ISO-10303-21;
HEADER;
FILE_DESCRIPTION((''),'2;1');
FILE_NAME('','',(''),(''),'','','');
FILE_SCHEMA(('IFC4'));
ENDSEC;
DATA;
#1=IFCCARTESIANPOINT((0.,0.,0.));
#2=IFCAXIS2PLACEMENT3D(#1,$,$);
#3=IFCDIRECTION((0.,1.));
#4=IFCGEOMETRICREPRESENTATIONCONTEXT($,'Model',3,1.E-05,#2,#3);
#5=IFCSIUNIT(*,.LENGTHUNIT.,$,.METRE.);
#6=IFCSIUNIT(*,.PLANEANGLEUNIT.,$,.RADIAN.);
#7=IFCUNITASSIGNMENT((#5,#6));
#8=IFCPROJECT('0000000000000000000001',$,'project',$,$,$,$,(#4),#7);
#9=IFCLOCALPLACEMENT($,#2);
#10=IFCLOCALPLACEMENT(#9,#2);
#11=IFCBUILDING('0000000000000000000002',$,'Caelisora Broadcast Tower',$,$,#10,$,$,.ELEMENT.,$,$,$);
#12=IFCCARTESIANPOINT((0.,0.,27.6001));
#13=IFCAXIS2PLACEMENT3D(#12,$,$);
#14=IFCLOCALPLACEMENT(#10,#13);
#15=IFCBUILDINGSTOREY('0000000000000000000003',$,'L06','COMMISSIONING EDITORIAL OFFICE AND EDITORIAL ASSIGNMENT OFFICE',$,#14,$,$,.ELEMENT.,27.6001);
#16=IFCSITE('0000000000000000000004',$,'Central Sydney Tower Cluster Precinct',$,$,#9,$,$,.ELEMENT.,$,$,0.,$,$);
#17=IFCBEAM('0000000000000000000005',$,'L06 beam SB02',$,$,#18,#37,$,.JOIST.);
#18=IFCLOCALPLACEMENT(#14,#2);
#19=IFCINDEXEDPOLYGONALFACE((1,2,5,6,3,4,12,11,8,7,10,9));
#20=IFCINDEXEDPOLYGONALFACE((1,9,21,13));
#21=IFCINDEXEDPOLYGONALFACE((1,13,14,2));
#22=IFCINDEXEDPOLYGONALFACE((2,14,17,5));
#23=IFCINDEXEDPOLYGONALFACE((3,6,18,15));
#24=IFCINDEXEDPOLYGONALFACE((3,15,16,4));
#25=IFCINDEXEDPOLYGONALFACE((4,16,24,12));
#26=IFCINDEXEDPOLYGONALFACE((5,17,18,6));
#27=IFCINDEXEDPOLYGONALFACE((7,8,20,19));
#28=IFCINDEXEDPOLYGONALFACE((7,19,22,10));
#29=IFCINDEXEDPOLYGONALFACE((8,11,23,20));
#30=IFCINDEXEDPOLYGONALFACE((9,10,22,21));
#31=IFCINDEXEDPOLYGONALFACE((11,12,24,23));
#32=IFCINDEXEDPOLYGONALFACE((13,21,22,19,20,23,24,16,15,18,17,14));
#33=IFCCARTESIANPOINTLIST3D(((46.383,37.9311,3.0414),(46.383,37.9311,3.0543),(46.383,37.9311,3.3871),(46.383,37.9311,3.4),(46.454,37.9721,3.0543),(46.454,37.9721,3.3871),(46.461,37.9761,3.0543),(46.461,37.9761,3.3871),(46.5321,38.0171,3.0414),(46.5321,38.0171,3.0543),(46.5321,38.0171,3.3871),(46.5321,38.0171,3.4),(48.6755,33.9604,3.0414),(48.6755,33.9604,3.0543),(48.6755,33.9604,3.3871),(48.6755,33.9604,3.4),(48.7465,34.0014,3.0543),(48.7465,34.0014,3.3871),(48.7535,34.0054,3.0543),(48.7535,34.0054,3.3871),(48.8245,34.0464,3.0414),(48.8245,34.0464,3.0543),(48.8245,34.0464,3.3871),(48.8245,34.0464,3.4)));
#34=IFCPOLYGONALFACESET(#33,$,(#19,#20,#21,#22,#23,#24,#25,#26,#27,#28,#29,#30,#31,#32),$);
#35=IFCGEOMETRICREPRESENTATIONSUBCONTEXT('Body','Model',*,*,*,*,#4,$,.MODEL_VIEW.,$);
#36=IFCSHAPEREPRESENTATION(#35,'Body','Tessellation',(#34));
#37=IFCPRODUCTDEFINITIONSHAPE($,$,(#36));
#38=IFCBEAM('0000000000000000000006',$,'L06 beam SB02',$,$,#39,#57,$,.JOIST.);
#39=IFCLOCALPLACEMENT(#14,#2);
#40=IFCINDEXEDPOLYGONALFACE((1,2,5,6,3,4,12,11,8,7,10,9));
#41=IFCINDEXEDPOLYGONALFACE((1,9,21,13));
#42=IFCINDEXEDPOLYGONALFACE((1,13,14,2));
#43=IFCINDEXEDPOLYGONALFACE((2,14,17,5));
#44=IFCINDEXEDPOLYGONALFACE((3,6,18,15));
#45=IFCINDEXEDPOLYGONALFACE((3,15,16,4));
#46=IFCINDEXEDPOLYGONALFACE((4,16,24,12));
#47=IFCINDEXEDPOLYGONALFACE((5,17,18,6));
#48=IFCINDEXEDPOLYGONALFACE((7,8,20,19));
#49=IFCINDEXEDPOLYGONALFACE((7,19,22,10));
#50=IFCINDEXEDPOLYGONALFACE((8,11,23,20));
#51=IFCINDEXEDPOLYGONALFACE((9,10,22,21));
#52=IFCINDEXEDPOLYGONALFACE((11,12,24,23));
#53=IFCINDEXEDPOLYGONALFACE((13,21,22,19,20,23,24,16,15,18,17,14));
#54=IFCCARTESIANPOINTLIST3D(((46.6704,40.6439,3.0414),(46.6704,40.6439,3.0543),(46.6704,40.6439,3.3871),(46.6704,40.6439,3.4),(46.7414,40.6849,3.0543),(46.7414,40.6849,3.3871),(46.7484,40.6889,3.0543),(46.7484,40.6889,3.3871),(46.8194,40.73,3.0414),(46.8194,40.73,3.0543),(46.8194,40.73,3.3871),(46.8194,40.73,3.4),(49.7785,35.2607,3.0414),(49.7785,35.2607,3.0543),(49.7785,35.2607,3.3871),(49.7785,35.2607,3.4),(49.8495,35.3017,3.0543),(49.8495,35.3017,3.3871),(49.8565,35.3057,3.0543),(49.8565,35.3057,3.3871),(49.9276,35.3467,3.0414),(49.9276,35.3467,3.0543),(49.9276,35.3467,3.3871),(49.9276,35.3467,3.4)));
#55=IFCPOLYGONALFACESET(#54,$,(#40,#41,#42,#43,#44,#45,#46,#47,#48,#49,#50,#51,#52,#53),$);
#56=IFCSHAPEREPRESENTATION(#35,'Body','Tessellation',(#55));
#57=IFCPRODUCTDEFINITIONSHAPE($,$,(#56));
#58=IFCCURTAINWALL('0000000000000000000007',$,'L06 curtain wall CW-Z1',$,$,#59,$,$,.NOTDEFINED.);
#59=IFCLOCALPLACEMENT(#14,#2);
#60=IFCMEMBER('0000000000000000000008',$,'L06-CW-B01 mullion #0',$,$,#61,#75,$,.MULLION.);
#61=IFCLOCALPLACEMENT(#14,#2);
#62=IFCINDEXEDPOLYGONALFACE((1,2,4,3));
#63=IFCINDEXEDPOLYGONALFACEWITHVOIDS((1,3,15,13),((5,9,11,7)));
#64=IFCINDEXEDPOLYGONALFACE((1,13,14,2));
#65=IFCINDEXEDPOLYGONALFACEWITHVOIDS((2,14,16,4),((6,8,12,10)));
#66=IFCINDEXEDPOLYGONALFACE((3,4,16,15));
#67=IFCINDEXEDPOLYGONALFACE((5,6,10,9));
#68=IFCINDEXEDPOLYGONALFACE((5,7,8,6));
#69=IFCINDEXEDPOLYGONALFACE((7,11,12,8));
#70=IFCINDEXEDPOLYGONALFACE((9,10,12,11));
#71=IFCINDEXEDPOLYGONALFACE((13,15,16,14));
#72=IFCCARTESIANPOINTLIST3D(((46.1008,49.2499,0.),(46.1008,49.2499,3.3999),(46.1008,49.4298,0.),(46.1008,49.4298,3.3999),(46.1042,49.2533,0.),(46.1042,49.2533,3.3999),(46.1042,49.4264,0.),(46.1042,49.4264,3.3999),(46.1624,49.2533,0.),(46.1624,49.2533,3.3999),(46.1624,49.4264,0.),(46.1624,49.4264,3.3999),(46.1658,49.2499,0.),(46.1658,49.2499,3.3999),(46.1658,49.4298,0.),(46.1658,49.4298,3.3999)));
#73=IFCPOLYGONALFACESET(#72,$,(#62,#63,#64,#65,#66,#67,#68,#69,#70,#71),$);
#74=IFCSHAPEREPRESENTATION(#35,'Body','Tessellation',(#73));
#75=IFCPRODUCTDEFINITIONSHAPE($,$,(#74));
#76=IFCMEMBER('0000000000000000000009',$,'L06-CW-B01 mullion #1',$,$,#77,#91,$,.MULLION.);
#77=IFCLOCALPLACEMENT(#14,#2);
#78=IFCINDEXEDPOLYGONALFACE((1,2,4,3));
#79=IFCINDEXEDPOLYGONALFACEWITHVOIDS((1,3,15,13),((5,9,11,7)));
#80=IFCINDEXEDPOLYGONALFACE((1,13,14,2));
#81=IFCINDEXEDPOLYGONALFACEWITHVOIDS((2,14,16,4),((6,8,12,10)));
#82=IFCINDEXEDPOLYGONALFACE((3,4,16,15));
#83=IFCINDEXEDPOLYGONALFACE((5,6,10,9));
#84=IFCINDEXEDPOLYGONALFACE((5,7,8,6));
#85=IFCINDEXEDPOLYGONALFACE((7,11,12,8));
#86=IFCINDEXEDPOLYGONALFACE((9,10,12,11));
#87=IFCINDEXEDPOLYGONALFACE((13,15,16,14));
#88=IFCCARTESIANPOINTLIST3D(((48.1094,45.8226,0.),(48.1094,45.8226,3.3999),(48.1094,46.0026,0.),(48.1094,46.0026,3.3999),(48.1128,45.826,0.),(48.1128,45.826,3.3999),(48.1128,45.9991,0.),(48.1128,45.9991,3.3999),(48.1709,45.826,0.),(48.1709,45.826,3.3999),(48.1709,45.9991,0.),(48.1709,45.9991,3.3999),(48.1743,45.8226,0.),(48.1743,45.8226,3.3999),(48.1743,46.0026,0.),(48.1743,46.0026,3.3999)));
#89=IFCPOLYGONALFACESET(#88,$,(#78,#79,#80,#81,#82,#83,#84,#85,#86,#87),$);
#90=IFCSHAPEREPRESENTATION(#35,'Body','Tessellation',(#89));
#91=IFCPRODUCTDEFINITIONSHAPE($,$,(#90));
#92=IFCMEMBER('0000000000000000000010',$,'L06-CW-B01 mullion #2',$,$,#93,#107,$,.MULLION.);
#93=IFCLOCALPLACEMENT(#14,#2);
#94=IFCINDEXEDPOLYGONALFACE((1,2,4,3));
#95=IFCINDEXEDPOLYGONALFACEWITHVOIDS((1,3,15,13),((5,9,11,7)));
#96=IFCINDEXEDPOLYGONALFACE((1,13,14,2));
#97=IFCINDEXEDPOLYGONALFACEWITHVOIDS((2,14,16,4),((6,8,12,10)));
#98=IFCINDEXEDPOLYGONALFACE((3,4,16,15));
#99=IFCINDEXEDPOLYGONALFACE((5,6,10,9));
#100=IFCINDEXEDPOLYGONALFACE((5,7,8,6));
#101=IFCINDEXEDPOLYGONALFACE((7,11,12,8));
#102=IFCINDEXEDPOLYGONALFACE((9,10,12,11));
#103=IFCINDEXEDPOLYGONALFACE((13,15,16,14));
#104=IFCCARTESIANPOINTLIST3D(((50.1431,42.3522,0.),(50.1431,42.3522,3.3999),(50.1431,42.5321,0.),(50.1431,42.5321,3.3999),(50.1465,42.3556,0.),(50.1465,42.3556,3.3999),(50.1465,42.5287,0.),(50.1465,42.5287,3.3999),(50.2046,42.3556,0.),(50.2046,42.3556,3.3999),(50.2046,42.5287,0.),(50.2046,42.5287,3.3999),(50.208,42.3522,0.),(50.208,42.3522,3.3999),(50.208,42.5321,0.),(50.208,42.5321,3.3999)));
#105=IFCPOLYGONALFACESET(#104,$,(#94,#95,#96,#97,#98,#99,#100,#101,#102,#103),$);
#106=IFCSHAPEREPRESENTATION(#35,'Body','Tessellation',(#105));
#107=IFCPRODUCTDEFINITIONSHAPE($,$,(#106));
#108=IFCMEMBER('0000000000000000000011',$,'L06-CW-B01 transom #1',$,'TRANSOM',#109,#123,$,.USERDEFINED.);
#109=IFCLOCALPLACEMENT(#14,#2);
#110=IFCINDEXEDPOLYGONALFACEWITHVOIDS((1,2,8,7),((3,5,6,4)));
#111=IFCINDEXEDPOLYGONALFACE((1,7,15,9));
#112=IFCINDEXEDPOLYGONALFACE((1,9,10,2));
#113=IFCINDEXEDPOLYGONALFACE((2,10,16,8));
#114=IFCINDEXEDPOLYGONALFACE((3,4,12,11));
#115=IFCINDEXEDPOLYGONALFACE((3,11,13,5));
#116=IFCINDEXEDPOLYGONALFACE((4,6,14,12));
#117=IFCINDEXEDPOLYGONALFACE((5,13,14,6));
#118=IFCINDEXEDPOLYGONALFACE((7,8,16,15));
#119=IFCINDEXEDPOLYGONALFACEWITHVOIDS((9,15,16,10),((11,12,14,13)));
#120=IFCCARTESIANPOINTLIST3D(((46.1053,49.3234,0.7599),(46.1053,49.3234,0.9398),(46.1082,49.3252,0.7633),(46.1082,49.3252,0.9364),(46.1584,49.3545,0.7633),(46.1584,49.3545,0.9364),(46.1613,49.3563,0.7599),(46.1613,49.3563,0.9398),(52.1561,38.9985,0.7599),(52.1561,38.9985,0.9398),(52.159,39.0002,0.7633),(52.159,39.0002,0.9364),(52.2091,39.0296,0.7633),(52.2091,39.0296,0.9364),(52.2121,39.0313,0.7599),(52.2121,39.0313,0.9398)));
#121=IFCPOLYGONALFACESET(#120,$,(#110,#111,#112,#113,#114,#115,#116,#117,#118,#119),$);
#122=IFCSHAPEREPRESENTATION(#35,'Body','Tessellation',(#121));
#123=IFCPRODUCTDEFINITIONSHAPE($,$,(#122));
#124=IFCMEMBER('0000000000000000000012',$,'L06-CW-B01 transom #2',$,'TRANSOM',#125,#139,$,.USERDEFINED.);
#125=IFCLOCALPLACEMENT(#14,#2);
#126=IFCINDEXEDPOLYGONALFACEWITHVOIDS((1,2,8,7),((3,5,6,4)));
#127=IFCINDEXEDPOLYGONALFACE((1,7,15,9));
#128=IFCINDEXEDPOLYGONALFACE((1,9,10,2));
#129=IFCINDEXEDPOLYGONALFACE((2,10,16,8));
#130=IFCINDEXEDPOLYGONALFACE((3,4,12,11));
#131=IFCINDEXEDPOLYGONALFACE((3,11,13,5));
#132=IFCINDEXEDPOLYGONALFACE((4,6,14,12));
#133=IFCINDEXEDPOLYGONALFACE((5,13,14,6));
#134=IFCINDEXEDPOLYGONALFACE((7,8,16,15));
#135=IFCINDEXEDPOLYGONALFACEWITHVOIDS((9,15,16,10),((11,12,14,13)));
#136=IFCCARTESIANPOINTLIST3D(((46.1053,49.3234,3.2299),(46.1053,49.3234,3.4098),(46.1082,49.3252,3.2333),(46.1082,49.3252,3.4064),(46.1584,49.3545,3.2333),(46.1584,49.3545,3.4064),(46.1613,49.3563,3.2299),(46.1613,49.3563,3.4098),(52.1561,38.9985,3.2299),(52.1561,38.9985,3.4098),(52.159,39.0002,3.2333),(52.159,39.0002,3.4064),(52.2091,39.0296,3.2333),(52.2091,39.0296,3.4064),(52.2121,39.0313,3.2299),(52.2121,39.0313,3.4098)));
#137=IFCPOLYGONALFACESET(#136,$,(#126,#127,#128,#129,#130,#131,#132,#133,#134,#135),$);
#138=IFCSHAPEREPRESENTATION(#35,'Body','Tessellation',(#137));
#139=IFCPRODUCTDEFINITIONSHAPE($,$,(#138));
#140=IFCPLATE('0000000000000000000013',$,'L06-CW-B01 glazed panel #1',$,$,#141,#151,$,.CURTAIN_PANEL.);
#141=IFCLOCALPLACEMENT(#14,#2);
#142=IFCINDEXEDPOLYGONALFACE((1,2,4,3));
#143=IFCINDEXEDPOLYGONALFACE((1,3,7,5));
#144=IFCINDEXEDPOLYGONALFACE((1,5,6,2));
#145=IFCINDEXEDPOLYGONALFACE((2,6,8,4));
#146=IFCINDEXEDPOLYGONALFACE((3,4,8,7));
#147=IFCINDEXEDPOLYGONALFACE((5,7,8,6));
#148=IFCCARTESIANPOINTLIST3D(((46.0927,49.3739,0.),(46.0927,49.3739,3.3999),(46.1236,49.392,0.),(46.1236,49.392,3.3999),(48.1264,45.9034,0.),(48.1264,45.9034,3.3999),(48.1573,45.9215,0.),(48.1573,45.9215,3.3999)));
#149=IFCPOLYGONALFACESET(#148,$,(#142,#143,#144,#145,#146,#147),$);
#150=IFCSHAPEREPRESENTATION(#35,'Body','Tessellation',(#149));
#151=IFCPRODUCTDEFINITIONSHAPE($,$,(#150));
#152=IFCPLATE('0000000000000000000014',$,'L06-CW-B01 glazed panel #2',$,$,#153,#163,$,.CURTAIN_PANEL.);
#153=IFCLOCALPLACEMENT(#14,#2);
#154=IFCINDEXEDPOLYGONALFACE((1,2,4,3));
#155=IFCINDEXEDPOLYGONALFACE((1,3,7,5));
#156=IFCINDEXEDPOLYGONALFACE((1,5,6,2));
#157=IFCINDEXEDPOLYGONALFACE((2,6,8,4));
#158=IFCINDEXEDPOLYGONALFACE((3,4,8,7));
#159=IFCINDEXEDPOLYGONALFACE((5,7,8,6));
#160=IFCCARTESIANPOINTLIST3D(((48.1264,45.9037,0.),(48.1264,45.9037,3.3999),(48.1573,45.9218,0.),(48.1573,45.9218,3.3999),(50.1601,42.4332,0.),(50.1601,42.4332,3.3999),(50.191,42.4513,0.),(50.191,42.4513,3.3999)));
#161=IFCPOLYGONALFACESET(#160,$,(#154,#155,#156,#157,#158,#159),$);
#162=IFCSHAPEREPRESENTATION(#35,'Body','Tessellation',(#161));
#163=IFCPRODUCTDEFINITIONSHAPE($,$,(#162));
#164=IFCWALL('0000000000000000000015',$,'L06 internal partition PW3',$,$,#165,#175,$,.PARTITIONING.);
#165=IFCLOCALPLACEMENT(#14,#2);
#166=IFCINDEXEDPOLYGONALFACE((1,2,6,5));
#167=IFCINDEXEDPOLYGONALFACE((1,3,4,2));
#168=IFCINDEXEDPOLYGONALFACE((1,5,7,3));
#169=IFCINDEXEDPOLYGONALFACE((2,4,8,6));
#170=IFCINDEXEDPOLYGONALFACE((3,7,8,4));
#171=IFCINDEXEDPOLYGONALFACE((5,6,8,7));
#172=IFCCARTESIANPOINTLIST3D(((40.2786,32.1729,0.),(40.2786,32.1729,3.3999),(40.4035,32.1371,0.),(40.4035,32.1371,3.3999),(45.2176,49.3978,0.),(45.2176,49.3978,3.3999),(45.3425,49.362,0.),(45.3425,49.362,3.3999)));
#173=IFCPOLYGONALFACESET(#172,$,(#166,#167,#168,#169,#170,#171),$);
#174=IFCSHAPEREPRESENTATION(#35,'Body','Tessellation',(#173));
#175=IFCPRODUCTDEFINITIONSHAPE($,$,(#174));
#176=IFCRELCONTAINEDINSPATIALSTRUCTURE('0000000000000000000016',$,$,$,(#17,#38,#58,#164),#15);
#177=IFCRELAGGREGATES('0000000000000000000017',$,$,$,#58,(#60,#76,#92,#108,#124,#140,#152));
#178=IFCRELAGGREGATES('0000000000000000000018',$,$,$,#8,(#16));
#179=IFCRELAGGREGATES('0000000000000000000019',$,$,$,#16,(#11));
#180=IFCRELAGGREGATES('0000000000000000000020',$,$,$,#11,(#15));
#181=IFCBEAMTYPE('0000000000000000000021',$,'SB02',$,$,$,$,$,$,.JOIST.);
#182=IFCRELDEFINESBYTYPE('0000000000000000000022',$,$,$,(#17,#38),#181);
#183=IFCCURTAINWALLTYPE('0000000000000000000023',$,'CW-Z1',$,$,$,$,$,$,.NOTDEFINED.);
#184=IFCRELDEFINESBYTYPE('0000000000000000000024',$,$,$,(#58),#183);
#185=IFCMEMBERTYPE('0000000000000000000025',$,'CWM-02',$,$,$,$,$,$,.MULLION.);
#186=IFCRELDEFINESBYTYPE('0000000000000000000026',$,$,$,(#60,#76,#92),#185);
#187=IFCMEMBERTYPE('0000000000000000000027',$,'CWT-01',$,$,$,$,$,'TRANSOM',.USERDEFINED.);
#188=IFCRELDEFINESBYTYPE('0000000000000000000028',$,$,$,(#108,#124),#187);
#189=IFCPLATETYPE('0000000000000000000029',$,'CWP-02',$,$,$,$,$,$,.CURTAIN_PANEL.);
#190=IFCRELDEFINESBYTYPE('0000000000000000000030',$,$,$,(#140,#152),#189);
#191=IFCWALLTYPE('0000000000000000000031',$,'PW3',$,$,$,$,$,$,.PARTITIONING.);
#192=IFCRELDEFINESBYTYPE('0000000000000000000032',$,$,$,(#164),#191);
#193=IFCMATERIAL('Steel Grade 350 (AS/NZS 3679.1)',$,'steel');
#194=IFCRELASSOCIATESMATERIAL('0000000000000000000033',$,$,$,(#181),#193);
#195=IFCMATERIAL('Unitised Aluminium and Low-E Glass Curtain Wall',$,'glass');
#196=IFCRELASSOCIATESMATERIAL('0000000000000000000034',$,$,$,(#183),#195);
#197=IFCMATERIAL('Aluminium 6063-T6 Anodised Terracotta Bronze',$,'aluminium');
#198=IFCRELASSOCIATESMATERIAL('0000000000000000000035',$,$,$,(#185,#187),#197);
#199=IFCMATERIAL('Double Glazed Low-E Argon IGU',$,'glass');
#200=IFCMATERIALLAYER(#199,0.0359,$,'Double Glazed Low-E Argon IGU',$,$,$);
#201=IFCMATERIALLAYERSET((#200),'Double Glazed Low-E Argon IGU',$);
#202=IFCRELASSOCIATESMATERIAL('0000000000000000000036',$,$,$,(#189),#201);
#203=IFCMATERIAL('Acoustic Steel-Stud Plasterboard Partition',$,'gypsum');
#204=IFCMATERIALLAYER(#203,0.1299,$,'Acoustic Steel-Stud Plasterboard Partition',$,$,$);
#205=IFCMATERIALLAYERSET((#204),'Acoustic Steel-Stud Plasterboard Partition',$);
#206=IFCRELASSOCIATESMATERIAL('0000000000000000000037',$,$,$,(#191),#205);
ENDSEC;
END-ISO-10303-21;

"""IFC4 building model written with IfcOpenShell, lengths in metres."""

from ifc_helpers import new_model, si_unit, direction, frame, frame_2d, origin, origin_2d, place, context, subcontext, project, spatial, rectangle, hollow_rectangle, i_section, extrude, source, transform, mapped, material, layer, layer_set, material_profile, profile_set, type_object, type_shapes, element, aggregate, save


model = new_model("IFC4")

# Units and contexts
model_context = context("Model", 3, precision=1e-05, world=origin(), true_north=direction((0.0, 1.0)))
body_context = subcontext(model_context, "Body", "Model", "MODEL_VIEW")
ifc_project = project(units=[si_unit("LENGTHUNIT", "METRE"), si_unit("PLANEANGLEUNIT", "RADIAN")], contexts=[model_context])

# Site, building, storey
site_placement = place(None, origin())
site = spatial("IfcSite", under=ifc_project, at=site_placement, Name="Central Sydney Tower Cluster Precinct", CompositionType="ELEMENT", RefElevation=0.0)
building_placement = place(site_placement, origin())
building = spatial("IfcBuilding", under=site, at=building_placement, Name="Caelisora Broadcast Tower", CompositionType="ELEMENT")
storey_placement = place(building_placement, frame((0.0, 0.0, 27.6001)))
storey = spatial("IfcBuildingStorey", under=building, at=storey_placement, Name="L06", Description="COMMISSIONING EDITORIAL OFFICE AND EDITORIAL ASSIGNMENT OFFICE", CompositionType="ELEMENT", Elevation=27.6001)

# Beams
ifc_material_1 = material(Name="Steel Grade 350 (AS/NZS 3679.1)", Category="steel")
ifc_material_profile_1 = material_profile(ifc_material_1, i_section(OverallWidth=0.1721, OverallDepth=0.3586, WebThickness=0.0081, FlangeThickness=0.0129, at=origin_2d()), Name="Steel Grade 350 (AS/NZS 3679.1)")
ifc_profile_set_1 = profile_set([ifc_material_profile_1], Name="Steel Grade 350 (AS/NZS 3679.1)")
beam_type_1 = type_object("IfcBeamType", Name="SB02", PredefinedType="JOIST", material=ifc_profile_set_1)
shared_shape_1 = source(origin(), body_context, "Body", "SweptSolid", [
    extrude(i_section(OverallWidth=0.1721, OverallDepth=0.3586, WebThickness=0.0081, FlangeThickness=0.0129, at=origin_2d()), origin(), (0.0, 0.0, 1.0), 4.585),
])
beam_1_placement = place(storey_placement, frame((48.75, 34.0034, 3.2207), z_axis=(-0.499999, 0.866026, 0.0), x_axis=(-0.866026, -0.499999, 0.0)))
element("IfcBeam", 1, at=beam_1_placement, inside=storey, type_object=beam_type_1, Name="L06 beam SB02", PredefinedType="JOIST", context=body_context, shape_type="MappedRepresentation", body=[
    mapped(shared_shape_1, transform((0.0, 0.0, 0.0), scale=1.0)),
])
shared_shape_2 = source(origin(), body_context, "Body", "SweptSolid", [
    extrude(i_section(OverallWidth=0.1721, OverallDepth=0.3586, WebThickness=0.0081, FlangeThickness=0.0129, at=origin_2d()), origin(), (0.0, 0.0, 1.0), 6.2161),
])
beam_2_placement = place(storey_placement, frame((49.853, 35.3037, 3.2207), z_axis=(-0.500013, 0.866018, 0.0), x_axis=(-0.866018, -0.500013, 0.0)))
element("IfcBeam", 2, at=beam_2_placement, inside=storey, type_object=beam_type_1, Name="L06 beam SB02", PredefinedType="JOIST", context=body_context, shape_type="MappedRepresentation", body=[
    mapped(shared_shape_2, transform((0.0, 0.0, 0.0), scale=1.0)),
])

# Curtain wall, members, plates
ifc_material_2 = material(Name="Unitised Aluminium and Low-E Glass Curtain Wall", Category="glass")
curtain_wall_type = type_object("IfcCurtainWallType", Name="CW-Z1", PredefinedType="NOTDEFINED", material=ifc_material_2)
curtain_wall_placement = place(storey_placement, origin())
curtain_wall = element("IfcCurtainWall", 3, at=curtain_wall_placement, inside=storey, type_object=curtain_wall_type, Name="L06 curtain wall CW-Z1", PredefinedType="NOTDEFINED")
ifc_material_3 = material(Name="Aluminium 6063-T6 Anodised Terracotta Bronze", Category="aluminium")
ifc_material_profile_2 = material_profile(ifc_material_3, hollow_rectangle(XDim=0.0649, YDim=0.1799, WallThickness=0.0034, at=origin_2d()), Name="Aluminium 6063-T6 Anodised Terracotta Bronze")
ifc_profile_set_2 = profile_set([ifc_material_profile_2], Name="Aluminium 6063-T6 Anodised Terracotta Bronze")
member_type_1 = type_object("IfcMemberType", Name="CWM-02", PredefinedType="MULLION", material=ifc_profile_set_2)
shared_shape_3 = source(origin(), body_context, "Body", "SweptSolid", [
    extrude(hollow_rectangle(XDim=0.0649, YDim=0.1799, WallThickness=0.0034, at=origin_2d()), origin(), (0.0, 0.0, 1.0), 3.3999),
])
type_shapes(member_type_1, [shared_shape_3])
member_1_placement = place(storey_placement, frame((46.1333, 49.3398, 0.0), z_axis=(0.0, 0.0, 1.0), x_axis=(1.0, 0.0, 0.0)))
member_1 = element("IfcMember", 4, at=member_1_placement, type_object=member_type_1, Name="L06-CW-B01 mullion #0", PredefinedType="MULLION", context=body_context, shape_type="MappedRepresentation", body=[
    mapped(shared_shape_3, transform((0.0, 0.0, 0.0), scale=1.0)),
])
member_2_placement = place(storey_placement, frame((48.1418, 45.9126, 0.0), z_axis=(0.0, 0.0, 1.0), x_axis=(1.0, 0.0, 0.0)))
member_2 = element("IfcMember", 5, at=member_2_placement, type_object=member_type_1, Name="L06-CW-B01 mullion #1", PredefinedType="MULLION", context=body_context, shape_type="MappedRepresentation", body=[
    mapped(shared_shape_3, transform((0.0, 0.0, 0.0), scale=1.0)),
])
member_3_placement = place(storey_placement, frame((50.1755, 42.4421, 0.0), z_axis=(0.0, 0.0, 1.0), x_axis=(1.0, 0.0, 0.0)))
member_3 = element("IfcMember", 6, at=member_3_placement, type_object=member_type_1, Name="L06-CW-B01 mullion #2", PredefinedType="MULLION", context=body_context, shape_type="MappedRepresentation", body=[
    mapped(shared_shape_3, transform((0.0, 0.0, 0.0), scale=1.0)),
])
ifc_material_profile_3 = material_profile(ifc_material_3, hollow_rectangle(XDim=0.0649, YDim=0.1799, WallThickness=0.0034, at=origin_2d()), Name="Aluminium 6063-T6 Anodised Terracotta Bronze")
ifc_profile_set_3 = profile_set([ifc_material_profile_3], Name="Aluminium 6063-T6 Anodised Terracotta Bronze")
member_type_2 = type_object("IfcMemberType", Name="CWT-01", ElementType="TRANSOM", PredefinedType="USERDEFINED", material=ifc_profile_set_3)
shared_shape_4 = source(origin(), body_context, "Body", "SweptSolid", [
    extrude(hollow_rectangle(XDim=0.0649, YDim=0.1799, WallThickness=0.0034, at=origin_2d()), origin(), (0.0, 0.0, 1.0), 11.9673),
])
type_shapes(member_type_2, [shared_shape_4])
member_4_placement = place(storey_placement, frame((46.1333, 49.3398, 0.8499), z_axis=(0.505609, -0.862763, 0.0), x_axis=(0.862763, 0.505609, 0.0)))
member_4 = element("IfcMember", 7, at=member_4_placement, type_object=member_type_2, Name="L06-CW-B01 transom #1", ObjectType="TRANSOM", PredefinedType="USERDEFINED", context=body_context, shape_type="MappedRepresentation", body=[
    mapped(shared_shape_4, transform((0.0, 0.0, 0.0), scale=1.0)),
])
member_5_placement = place(storey_placement, frame((46.1333, 49.3398, 3.3198), z_axis=(0.505609, -0.862763, 0.0), x_axis=(0.862763, 0.505609, 0.0)))
member_5 = element("IfcMember", 8, at=member_5_placement, type_object=member_type_2, Name="L06-CW-B01 transom #2", ObjectType="TRANSOM", PredefinedType="USERDEFINED", context=body_context, shape_type="MappedRepresentation", body=[
    mapped(shared_shape_4, transform((0.0, 0.0, 0.0), scale=1.0)),
])
ifc_material_4 = material(Name="Double Glazed Low-E Argon IGU", Category="glass")
ifc_layer_1 = layer(ifc_material_4, 0.0359, Name="Double Glazed Low-E Argon IGU")
ifc_layer_set_1 = layer_set([ifc_layer_1], Name="Double Glazed Low-E Argon IGU")
plate_type = type_object("IfcPlateType", Name="CWP-02", PredefinedType="CURTAIN_PANEL", material=ifc_layer_set_1)
shared_shape_5 = source(origin(), body_context, "Body", "SweptSolid", [
    extrude(rectangle(XDim=4.0225, YDim=0.0359, at=origin_2d()), origin(), (0.0, 0.0, 1.0), 3.3999),
])
type_shapes(plate_type, [shared_shape_5])
plate_1_placement = place(storey_placement, frame((47.125, 47.6477, 0.0), z_axis=(0.0, 0.0, 1.0), x_axis=(0.505582, -0.862779, 0.0)))
plate_1 = element("IfcPlate", 9, at=plate_1_placement, type_object=plate_type, Name="L06-CW-B01 glazed panel #1", PredefinedType="CURTAIN_PANEL", context=body_context, shape_type="MappedRepresentation", body=[
    mapped(shared_shape_5, transform((0.0, 0.0, 0.0), scale=1.0)),
])
plate_2_placement = place(storey_placement, frame((49.1587, 44.1775, 0.0), z_axis=(0.0, 0.0, 1.0), x_axis=(0.505582, -0.862779, 0.0)))
plate_2 = element("IfcPlate", 10, at=plate_2_placement, type_object=plate_type, Name="L06-CW-B01 glazed panel #2", PredefinedType="CURTAIN_PANEL", context=body_context, shape_type="MappedRepresentation", body=[
    mapped(shared_shape_5, transform((0.0, 0.0, 0.0), scale=1.0)),
])
aggregate(curtain_wall, [member_1, member_2, member_3, member_4, member_5, plate_1, plate_2])

# Wall
ifc_material_5 = material(Name="Acoustic Steel-Stud Plasterboard Partition", Category="gypsum")
ifc_layer_2 = layer(ifc_material_5, 0.1299, Name="Acoustic Steel-Stud Plasterboard Partition")
ifc_layer_set_2 = layer_set([ifc_layer_2], Name="Acoustic Steel-Stud Plasterboard Partition")
wall_type = type_object("IfcWallType", Name="PW3", PredefinedType="PARTITIONING", material=ifc_layer_set_2)
wall_1_placement = place(storey_placement, frame((40.3411, 32.155, 0.0), z_axis=(0.0, 0.0, 1.0), x_axis=(0.275628, 0.961264, 0.0)))
element("IfcWall", 11, at=wall_1_placement, inside=storey, type_object=wall_type, Name="L06 internal partition PW3", PredefinedType="PARTITIONING", context=body_context, shape_type="SweptSolid", body=[
    extrude(rectangle(XDim=17.9189, YDim=0.1299, at=frame_2d((8.9595, 0.0))), origin(), (0.0, 0.0, 1.0), 3.3999),
])

save(model, "model.ifc")
